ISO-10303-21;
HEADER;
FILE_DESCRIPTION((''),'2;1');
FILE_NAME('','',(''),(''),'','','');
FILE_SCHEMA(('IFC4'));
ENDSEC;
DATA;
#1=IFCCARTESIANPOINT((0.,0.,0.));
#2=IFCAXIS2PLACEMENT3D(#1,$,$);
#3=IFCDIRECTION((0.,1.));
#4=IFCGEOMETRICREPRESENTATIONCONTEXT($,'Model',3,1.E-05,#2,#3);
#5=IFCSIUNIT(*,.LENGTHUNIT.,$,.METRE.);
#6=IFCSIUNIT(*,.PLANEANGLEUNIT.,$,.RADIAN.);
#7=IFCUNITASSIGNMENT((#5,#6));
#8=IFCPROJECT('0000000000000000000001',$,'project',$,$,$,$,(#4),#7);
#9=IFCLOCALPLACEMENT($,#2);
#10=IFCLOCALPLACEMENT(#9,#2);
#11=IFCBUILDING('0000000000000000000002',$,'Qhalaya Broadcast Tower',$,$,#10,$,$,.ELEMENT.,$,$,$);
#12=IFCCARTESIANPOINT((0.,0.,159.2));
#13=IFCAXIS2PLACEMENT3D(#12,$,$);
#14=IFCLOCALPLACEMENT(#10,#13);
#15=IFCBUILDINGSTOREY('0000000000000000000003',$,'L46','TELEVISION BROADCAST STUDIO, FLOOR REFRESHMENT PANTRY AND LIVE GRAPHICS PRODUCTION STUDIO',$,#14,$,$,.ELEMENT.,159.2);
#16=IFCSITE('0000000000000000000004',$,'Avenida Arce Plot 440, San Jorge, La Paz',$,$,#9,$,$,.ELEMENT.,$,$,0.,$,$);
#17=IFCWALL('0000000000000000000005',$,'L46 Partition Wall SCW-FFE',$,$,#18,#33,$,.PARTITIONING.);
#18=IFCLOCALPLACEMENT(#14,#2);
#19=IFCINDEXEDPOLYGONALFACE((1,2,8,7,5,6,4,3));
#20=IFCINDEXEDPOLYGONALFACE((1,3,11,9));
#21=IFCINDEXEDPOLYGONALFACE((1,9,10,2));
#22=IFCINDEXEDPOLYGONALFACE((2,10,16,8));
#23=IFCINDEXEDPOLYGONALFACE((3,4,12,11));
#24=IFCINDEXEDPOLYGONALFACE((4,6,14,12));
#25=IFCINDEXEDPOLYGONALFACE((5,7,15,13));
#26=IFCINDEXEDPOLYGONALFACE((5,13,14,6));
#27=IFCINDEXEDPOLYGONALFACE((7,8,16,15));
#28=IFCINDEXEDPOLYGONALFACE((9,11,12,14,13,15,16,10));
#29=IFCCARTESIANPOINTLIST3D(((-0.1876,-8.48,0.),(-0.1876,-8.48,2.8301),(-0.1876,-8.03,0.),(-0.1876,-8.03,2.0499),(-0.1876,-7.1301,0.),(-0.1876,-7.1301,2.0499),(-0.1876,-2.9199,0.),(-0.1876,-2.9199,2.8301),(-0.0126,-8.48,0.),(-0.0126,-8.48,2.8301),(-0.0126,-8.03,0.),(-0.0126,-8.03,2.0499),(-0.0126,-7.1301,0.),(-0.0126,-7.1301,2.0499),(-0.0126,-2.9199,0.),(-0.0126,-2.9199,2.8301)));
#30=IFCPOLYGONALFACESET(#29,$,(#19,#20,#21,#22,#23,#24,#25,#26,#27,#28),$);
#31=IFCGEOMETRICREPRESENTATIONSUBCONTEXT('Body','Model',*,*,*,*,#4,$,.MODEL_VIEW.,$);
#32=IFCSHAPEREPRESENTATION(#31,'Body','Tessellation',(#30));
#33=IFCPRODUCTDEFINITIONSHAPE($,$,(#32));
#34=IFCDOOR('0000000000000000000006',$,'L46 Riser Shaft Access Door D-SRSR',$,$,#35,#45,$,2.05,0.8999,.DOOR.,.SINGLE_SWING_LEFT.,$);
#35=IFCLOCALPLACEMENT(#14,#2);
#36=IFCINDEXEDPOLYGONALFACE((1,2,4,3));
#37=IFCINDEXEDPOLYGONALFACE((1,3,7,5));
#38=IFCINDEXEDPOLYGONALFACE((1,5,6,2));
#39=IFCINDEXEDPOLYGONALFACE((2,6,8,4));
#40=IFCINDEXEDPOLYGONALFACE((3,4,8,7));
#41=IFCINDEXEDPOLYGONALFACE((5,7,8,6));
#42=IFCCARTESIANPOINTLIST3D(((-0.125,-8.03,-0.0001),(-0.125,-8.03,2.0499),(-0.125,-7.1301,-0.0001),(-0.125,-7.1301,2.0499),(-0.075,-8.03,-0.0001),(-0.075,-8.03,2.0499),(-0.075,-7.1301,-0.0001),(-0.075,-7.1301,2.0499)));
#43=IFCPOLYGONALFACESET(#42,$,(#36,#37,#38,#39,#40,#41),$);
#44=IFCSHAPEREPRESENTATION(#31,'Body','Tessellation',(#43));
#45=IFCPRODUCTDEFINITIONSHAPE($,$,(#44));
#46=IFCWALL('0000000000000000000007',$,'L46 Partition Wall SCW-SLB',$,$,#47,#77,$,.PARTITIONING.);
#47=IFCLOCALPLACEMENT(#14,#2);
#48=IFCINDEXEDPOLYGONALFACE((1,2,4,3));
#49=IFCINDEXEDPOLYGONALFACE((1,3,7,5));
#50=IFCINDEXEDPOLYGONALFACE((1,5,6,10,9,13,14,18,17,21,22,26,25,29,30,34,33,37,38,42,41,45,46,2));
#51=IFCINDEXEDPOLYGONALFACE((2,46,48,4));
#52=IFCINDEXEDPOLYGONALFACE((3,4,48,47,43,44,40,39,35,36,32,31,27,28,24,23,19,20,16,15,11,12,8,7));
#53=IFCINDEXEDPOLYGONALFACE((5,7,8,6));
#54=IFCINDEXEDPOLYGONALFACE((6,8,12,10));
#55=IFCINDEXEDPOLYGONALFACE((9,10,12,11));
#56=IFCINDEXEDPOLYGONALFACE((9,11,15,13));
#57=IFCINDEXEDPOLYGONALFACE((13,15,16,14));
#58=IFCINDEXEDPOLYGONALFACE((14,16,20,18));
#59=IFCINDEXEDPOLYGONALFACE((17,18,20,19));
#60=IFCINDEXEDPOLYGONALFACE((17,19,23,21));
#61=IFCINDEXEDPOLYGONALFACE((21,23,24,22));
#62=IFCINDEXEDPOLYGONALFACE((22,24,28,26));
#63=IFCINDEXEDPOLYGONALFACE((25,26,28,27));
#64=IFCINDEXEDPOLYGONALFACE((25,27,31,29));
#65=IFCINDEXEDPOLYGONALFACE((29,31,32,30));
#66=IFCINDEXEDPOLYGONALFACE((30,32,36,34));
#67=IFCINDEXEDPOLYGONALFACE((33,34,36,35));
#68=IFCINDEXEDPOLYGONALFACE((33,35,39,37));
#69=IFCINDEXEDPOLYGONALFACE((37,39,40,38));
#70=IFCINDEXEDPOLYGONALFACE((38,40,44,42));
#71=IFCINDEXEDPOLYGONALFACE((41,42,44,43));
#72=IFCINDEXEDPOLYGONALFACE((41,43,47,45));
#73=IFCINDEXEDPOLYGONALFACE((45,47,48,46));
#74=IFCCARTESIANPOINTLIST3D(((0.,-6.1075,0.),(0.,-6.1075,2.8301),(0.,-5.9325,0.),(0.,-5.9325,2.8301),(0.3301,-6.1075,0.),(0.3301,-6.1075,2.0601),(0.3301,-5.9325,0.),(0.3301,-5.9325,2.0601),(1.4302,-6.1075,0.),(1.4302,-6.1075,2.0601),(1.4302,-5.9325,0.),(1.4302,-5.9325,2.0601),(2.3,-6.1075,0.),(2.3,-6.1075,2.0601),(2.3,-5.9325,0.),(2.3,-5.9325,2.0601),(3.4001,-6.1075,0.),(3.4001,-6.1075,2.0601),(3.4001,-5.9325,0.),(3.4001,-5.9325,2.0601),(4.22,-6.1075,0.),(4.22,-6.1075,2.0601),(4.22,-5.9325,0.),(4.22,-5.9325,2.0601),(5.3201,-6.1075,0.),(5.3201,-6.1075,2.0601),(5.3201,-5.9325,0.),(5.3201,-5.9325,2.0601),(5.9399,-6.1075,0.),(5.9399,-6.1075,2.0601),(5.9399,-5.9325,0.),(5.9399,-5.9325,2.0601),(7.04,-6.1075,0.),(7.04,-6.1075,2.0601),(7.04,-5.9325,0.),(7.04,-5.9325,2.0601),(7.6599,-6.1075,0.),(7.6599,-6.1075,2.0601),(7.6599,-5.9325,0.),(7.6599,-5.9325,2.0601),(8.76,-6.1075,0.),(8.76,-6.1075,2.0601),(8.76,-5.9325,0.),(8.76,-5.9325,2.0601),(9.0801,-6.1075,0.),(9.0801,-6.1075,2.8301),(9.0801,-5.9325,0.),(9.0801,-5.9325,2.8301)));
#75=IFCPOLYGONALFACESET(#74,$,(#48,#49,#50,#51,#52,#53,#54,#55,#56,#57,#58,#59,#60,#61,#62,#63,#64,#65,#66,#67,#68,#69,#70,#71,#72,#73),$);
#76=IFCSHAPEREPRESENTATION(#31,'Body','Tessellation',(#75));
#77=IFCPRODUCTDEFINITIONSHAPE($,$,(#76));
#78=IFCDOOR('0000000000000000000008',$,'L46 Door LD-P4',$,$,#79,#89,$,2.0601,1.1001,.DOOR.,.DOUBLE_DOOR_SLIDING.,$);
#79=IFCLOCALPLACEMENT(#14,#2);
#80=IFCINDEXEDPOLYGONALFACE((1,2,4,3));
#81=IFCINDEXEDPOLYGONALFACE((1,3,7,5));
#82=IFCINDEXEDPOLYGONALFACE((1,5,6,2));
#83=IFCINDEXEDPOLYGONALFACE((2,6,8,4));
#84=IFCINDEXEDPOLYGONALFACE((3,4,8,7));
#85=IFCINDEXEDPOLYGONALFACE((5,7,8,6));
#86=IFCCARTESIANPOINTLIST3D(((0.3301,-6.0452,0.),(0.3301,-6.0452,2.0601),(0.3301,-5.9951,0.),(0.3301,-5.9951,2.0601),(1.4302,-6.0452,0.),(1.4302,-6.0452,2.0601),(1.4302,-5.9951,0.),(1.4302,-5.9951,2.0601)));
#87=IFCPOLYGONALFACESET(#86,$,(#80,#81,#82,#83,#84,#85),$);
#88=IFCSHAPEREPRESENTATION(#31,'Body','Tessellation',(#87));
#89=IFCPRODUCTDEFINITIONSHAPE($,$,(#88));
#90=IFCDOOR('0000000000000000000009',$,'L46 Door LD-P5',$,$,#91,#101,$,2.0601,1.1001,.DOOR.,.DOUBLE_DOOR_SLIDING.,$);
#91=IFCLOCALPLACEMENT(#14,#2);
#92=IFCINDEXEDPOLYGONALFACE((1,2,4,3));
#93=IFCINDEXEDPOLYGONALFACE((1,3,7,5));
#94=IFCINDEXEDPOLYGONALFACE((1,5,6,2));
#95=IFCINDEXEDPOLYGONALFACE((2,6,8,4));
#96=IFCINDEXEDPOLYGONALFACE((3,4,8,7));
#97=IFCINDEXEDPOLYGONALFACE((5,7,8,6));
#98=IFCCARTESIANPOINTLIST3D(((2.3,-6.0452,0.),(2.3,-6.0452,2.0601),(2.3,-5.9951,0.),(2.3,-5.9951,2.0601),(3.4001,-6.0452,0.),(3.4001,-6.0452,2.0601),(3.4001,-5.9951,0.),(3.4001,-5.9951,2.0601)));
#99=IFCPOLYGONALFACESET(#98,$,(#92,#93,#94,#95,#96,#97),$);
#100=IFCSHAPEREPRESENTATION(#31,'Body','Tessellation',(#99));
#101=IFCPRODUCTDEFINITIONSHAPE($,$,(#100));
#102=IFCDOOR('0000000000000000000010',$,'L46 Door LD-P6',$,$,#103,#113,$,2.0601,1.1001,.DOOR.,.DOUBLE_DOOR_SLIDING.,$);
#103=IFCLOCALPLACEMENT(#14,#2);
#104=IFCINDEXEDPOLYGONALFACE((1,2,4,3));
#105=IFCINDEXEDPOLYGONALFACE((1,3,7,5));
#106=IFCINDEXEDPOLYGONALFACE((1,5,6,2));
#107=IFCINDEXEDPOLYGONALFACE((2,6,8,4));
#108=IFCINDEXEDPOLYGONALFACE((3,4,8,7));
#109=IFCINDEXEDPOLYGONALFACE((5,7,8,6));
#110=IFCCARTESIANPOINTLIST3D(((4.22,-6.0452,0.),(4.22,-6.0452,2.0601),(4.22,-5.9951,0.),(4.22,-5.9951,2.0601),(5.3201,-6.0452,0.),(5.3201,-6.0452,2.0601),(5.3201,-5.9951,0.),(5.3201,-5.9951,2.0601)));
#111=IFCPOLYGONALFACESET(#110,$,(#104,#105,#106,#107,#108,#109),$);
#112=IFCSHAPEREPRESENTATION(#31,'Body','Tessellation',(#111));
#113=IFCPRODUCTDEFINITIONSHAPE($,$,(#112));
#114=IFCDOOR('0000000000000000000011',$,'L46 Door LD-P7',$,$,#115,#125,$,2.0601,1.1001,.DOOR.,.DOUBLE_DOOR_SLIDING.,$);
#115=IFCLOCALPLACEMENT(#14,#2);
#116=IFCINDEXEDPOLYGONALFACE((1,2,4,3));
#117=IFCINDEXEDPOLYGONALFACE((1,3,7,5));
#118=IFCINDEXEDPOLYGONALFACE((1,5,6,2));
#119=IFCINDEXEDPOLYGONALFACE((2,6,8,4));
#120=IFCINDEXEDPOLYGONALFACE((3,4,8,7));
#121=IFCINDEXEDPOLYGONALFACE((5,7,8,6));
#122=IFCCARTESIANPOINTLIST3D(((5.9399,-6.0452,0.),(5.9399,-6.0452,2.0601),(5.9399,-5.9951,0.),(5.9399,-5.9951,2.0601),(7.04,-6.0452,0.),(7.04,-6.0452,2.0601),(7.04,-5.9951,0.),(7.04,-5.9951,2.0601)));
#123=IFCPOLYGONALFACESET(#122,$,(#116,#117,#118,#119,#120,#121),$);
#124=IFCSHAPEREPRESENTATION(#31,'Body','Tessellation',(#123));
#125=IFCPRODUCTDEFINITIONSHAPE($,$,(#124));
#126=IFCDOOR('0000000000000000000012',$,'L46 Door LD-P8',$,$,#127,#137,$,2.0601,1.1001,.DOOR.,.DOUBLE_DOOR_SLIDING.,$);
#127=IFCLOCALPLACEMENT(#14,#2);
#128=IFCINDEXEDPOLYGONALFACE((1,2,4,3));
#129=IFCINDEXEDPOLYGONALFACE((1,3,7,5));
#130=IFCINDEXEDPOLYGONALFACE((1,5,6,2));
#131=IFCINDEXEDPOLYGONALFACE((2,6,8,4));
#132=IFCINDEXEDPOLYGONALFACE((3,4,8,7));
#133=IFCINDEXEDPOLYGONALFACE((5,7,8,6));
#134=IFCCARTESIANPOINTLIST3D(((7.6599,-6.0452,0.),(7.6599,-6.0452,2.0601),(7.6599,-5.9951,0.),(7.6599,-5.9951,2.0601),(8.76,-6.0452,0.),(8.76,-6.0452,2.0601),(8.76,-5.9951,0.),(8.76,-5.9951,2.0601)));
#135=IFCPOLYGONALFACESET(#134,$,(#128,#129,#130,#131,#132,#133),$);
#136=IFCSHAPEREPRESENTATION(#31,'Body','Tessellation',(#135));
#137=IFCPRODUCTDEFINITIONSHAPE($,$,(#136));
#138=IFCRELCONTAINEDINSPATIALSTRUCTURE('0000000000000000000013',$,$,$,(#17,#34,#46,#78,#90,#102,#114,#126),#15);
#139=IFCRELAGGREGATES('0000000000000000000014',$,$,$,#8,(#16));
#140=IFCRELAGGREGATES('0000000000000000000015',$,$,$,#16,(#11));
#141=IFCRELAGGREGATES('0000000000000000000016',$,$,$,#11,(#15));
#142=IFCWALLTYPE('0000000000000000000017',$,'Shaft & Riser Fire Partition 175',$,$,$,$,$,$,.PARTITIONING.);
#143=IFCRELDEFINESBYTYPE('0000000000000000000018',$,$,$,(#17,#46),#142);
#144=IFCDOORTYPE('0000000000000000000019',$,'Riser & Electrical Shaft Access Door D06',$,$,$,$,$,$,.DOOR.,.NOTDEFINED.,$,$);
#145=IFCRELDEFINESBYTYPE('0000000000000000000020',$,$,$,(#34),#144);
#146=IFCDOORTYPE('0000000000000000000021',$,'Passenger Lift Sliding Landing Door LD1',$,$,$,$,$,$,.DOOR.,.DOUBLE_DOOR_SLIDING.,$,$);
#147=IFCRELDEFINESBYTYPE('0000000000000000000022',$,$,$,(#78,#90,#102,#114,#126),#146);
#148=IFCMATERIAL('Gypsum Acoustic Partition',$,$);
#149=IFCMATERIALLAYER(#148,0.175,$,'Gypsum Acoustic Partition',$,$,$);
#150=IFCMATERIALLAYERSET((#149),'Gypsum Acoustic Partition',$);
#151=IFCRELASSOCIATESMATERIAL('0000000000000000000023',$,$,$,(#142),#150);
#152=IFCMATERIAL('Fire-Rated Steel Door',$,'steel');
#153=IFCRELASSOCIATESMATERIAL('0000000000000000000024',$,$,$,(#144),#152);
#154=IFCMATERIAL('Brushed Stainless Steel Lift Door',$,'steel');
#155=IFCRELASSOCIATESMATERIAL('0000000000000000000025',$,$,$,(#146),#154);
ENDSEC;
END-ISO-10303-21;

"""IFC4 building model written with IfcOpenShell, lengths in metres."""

from ifc_helpers import new_model, si_unit, direction, frame, frame_2d, origin, place, context, subcontext, project, spatial, rectangle, extrude, material, layer, layer_set, type_object, element, fill, save


model = new_model("IFC4")

# Units and contexts
model_context = context("Model", 3, precision=1e-05, world=origin(), true_north=direction((0.0, 1.0)))
body_context = subcontext(model_context, "Body", "Model", "MODEL_VIEW")
ifc_project = project(units=[si_unit("LENGTHUNIT", "METRE"), si_unit("PLANEANGLEUNIT", "RADIAN")], contexts=[model_context])

# Site, building, storey
site_placement = place(None, origin())
site = spatial("IfcSite", under=ifc_project, at=site_placement, Name="Avenida Arce Plot 440, San Jorge, La Paz", CompositionType="ELEMENT", RefElevation=0.0)
building_placement = place(site_placement, origin())
building = spatial("IfcBuilding", under=site, at=building_placement, Name="Qhalaya Broadcast Tower", CompositionType="ELEMENT")
storey_placement = place(building_placement, frame((0.0, 0.0, 159.2)))
storey = spatial("IfcBuildingStorey", under=building, at=storey_placement, Name="L46", Description="TELEVISION BROADCAST STUDIO, FLOOR REFRESHMENT PANTRY AND LIVE GRAPHICS PRODUCTION STUDIO", CompositionType="ELEMENT", Elevation=159.2)

# Shared definitions
ifc_material_1 = material(Name="Gypsum Acoustic Partition")

# Wall, opening, door
ifc_layer_1 = layer(ifc_material_1, 0.175, Name="Gypsum Acoustic Partition")
ifc_layer_set_1 = layer_set([ifc_layer_1], Name="Gypsum Acoustic Partition")
wall_type_1 = type_object("IfcWallType", Name="Shaft & Riser Fire Partition 175", PredefinedType="PARTITIONING", material=ifc_layer_set_1)
wall_1_placement = place(storey_placement, frame((-0.1001, -8.48, 0.0), z_axis=(0.0, 0.0, 1.0), x_axis=(0.0, 1.0, 0.0)))
wall_1 = element("IfcWall", 1, at=wall_1_placement, inside=storey, type_object=wall_type_1, Name="L46 Partition Wall SCW-FFE", PredefinedType="PARTITIONING", context=body_context, shape_type="SweptSolid", body=[
    extrude(rectangle(XDim=5.5601, YDim=0.175, at=frame_2d((2.78, 0.0))), origin(), (0.0, 0.0, 1.0), 2.8301),
])
opening_1_placement = place(wall_1_placement, frame((0.45, 0.0, 0.0)))
opening_1 = element("IfcOpeningElement", 2, at=opening_1_placement, cuts=wall_1, PredefinedType="OPENING", context=body_context, shape_type="SweptSolid", body=[
    extrude(rectangle(XDim=0.8999, YDim=2.05, at=frame_2d((0.45, 1.0249))), frame((0.0, 0.0996, 0.0), z_axis=(0.0, -1.0, 0.0), x_axis=(1.0, 0.0, 0.0)), (0.0, 0.0, 1.0), 0.199),
])
ifc_material_2 = material(Name="Fire-Rated Steel Door", Category="steel")
door_type_1 = type_object("IfcDoorType", Name="Riser & Electrical Shaft Access Door D06", OperationType="NOTDEFINED", PredefinedType="DOOR", material=ifc_material_2)
door_1_placement = place(opening_1_placement, origin())
door_1 = element("IfcDoor", 3, at=door_1_placement, inside=storey, type_object=door_type_1, Name="L46 Riser Shaft Access Door D-SRSR", OperationType="SINGLE_SWING_LEFT", OverallHeight=2.05, OverallWidth=0.8999, PredefinedType="DOOR", context=body_context, shape_type="SweptSolid", body=[
    extrude(rectangle(XDim=0.8999, YDim=2.05, at=frame_2d((0.45, 1.0249))), frame((0.0, 0.0249, 0.0), z_axis=(0.0, -1.0, 0.0), x_axis=(1.0, 0.0, 0.0)), (0.0, 0.0, 1.0), 0.05),
])
fill(opening_1, door_1)

# Wall, openings, doors
wall_2_placement = place(storey_placement, frame((0.0, -6.02, 0.0), z_axis=(0.0, 0.0, 1.0), x_axis=(1.0, 0.0, 0.0)))
wall_2 = element("IfcWall", 4, at=wall_2_placement, inside=storey, type_object=wall_type_1, Name="L46 Partition Wall SCW-SLB", PredefinedType="PARTITIONING", context=body_context, shape_type="SweptSolid", body=[
    extrude(rectangle(XDim=9.0801, YDim=0.175, at=frame_2d((4.54, 0.0))), origin(), (0.0, 0.0, 1.0), 2.8301),
])
opening_2_placement = place(wall_2_placement, frame((0.3301, 0.0, 0.0)))
opening_2 = element("IfcOpeningElement", 5, at=opening_2_placement, cuts=wall_2, PredefinedType="OPENING", context=body_context, shape_type="SweptSolid", body=[
    extrude(rectangle(XDim=1.1001, YDim=2.0601, at=frame_2d((0.55, 1.03))), frame((0.0, 0.0996, 0.0), z_axis=(0.0, -1.0, 0.0), x_axis=(1.0, 0.0, 0.0)), (0.0, 0.0, 1.0), 0.199),
])
opening_3_placement = place(wall_2_placement, frame((2.3, 0.0, 0.0)))
opening_3 = element("IfcOpeningElement", 6, at=opening_3_placement, cuts=wall_2, PredefinedType="OPENING", context=body_context, shape_type="SweptSolid", body=[
    extrude(rectangle(XDim=1.1001, YDim=2.0601, at=frame_2d((0.55, 1.03))), frame((0.0, 0.0996, 0.0), z_axis=(0.0, -1.0, 0.0), x_axis=(1.0, 0.0, 0.0)), (0.0, 0.0, 1.0), 0.199),
])
opening_4_placement = place(wall_2_placement, frame((4.22, 0.0, 0.0)))
opening_4 = element("IfcOpeningElement", 7, at=opening_4_placement, cuts=wall_2, PredefinedType="OPENING", context=body_context, shape_type="SweptSolid", body=[
    extrude(rectangle(XDim=1.1001, YDim=2.0601, at=frame_2d((0.55, 1.03))), frame((0.0, 0.0996, 0.0), z_axis=(0.0, -1.0, 0.0), x_axis=(1.0, 0.0, 0.0)), (0.0, 0.0, 1.0), 0.199),
])
opening_5_placement = place(wall_2_placement, frame((5.9399, 0.0, 0.0)))
opening_5 = element("IfcOpeningElement", 8, at=opening_5_placement, cuts=wall_2, PredefinedType="OPENING", context=body_context, shape_type="SweptSolid", body=[
    extrude(rectangle(XDim=1.1001, YDim=2.0601, at=frame_2d((0.55, 1.03))), frame((0.0, 0.0996, 0.0), z_axis=(0.0, -1.0, 0.0), x_axis=(1.0, 0.0, 0.0)), (0.0, 0.0, 1.0), 0.199),
])
opening_6_placement = place(wall_2_placement, frame((7.6599, 0.0, 0.0)))
opening_6 = element("IfcOpeningElement", 9, at=opening_6_placement, cuts=wall_2, PredefinedType="OPENING", context=body_context, shape_type="SweptSolid", body=[
    extrude(rectangle(XDim=1.1001, YDim=2.0601, at=frame_2d((0.55, 1.03))), frame((0.0, 0.0996, 0.0), z_axis=(0.0, -1.0, 0.0), x_axis=(1.0, 0.0, 0.0)), (0.0, 0.0, 1.0), 0.199),
])
ifc_material_3 = material(Name="Brushed Stainless Steel Lift Door", Category="steel")
door_type_2 = type_object("IfcDoorType", Name="Passenger Lift Sliding Landing Door LD1", OperationType="DOUBLE_DOOR_SLIDING", PredefinedType="DOOR", material=ifc_material_3)
door_2_placement = place(opening_2_placement, origin())
door_2 = element("IfcDoor", 10, at=door_2_placement, inside=storey, type_object=door_type_2, Name="L46 Door LD-P4", OperationType="DOUBLE_DOOR_SLIDING", OverallHeight=2.0601, OverallWidth=1.1001, PredefinedType="DOOR", context=body_context, shape_type="SweptSolid", body=[
    extrude(rectangle(XDim=1.1001, YDim=2.0601, at=frame_2d((0.55, 1.03))), frame((0.0, 0.0249, 0.0), z_axis=(0.0, -1.0, 0.0), x_axis=(1.0, 0.0, 0.0)), (0.0, 0.0, 1.0), 0.05),
])
fill(opening_2, door_2)
door_3_placement = place(opening_3_placement, origin())
door_3 = element("IfcDoor", 11, at=door_3_placement, inside=storey, type_object=door_type_2, Name="L46 Door LD-P5", OperationType="DOUBLE_DOOR_SLIDING", OverallHeight=2.0601, OverallWidth=1.1001, PredefinedType="DOOR", context=body_context, shape_type="SweptSolid", body=[
    extrude(rectangle(XDim=1.1001, YDim=2.0601, at=frame_2d((0.55, 1.03))), frame((0.0, 0.0249, 0.0), z_axis=(0.0, -1.0, 0.0), x_axis=(1.0, 0.0, 0.0)), (0.0, 0.0, 1.0), 0.05),
])
fill(opening_3, door_3)
door_4_placement = place(opening_4_placement, origin())
door_4 = element("IfcDoor", 12, at=door_4_placement, inside=storey, type_object=door_type_2, Name="L46 Door LD-P6", OperationType="DOUBLE_DOOR_SLIDING", OverallHeight=2.0601, OverallWidth=1.1001, PredefinedType="DOOR", context=body_context, shape_type="SweptSolid", body=[
    extrude(rectangle(XDim=1.1001, YDim=2.0601, at=frame_2d((0.55, 1.03))), frame((0.0, 0.0249, 0.0), z_axis=(0.0, -1.0, 0.0), x_axis=(1.0, 0.0, 0.0)), (0.0, 0.0, 1.0), 0.05),
])
fill(opening_4, door_4)
door_5_placement = place(opening_5_placement, origin())
door_5 = element("IfcDoor", 13, at=door_5_placement, inside=storey, type_object=door_type_2, Name="L46 Door LD-P7", OperationType="DOUBLE_DOOR_SLIDING", OverallHeight=2.0601, OverallWidth=1.1001, PredefinedType="DOOR", context=body_context, shape_type="SweptSolid", body=[
    extrude(rectangle(XDim=1.1001, YDim=2.0601, at=frame_2d((0.55, 1.03))), frame((0.0, 0.0249, 0.0), z_axis=(0.0, -1.0, 0.0), x_axis=(1.0, 0.0, 0.0)), (0.0, 0.0, 1.0), 0.05),
])
fill(opening_5, door_5)
door_6_placement = place(opening_6_placement, origin())
door_6 = element("IfcDoor", 14, at=door_6_placement, inside=storey, type_object=door_type_2, Name="L46 Door LD-P8", OperationType="DOUBLE_DOOR_SLIDING", OverallHeight=2.0601, OverallWidth=1.1001, PredefinedType="DOOR", context=body_context, shape_type="SweptSolid", body=[
    extrude(rectangle(XDim=1.1001, YDim=2.0601, at=frame_2d((0.55, 1.03))), frame((0.0, 0.0249, 0.0), z_axis=(0.0, -1.0, 0.0), x_axis=(1.0, 0.0, 0.0)), (0.0, 0.0, 1.0), 0.05),
])
fill(opening_6, door_6)

save(model, "model.ifc")
